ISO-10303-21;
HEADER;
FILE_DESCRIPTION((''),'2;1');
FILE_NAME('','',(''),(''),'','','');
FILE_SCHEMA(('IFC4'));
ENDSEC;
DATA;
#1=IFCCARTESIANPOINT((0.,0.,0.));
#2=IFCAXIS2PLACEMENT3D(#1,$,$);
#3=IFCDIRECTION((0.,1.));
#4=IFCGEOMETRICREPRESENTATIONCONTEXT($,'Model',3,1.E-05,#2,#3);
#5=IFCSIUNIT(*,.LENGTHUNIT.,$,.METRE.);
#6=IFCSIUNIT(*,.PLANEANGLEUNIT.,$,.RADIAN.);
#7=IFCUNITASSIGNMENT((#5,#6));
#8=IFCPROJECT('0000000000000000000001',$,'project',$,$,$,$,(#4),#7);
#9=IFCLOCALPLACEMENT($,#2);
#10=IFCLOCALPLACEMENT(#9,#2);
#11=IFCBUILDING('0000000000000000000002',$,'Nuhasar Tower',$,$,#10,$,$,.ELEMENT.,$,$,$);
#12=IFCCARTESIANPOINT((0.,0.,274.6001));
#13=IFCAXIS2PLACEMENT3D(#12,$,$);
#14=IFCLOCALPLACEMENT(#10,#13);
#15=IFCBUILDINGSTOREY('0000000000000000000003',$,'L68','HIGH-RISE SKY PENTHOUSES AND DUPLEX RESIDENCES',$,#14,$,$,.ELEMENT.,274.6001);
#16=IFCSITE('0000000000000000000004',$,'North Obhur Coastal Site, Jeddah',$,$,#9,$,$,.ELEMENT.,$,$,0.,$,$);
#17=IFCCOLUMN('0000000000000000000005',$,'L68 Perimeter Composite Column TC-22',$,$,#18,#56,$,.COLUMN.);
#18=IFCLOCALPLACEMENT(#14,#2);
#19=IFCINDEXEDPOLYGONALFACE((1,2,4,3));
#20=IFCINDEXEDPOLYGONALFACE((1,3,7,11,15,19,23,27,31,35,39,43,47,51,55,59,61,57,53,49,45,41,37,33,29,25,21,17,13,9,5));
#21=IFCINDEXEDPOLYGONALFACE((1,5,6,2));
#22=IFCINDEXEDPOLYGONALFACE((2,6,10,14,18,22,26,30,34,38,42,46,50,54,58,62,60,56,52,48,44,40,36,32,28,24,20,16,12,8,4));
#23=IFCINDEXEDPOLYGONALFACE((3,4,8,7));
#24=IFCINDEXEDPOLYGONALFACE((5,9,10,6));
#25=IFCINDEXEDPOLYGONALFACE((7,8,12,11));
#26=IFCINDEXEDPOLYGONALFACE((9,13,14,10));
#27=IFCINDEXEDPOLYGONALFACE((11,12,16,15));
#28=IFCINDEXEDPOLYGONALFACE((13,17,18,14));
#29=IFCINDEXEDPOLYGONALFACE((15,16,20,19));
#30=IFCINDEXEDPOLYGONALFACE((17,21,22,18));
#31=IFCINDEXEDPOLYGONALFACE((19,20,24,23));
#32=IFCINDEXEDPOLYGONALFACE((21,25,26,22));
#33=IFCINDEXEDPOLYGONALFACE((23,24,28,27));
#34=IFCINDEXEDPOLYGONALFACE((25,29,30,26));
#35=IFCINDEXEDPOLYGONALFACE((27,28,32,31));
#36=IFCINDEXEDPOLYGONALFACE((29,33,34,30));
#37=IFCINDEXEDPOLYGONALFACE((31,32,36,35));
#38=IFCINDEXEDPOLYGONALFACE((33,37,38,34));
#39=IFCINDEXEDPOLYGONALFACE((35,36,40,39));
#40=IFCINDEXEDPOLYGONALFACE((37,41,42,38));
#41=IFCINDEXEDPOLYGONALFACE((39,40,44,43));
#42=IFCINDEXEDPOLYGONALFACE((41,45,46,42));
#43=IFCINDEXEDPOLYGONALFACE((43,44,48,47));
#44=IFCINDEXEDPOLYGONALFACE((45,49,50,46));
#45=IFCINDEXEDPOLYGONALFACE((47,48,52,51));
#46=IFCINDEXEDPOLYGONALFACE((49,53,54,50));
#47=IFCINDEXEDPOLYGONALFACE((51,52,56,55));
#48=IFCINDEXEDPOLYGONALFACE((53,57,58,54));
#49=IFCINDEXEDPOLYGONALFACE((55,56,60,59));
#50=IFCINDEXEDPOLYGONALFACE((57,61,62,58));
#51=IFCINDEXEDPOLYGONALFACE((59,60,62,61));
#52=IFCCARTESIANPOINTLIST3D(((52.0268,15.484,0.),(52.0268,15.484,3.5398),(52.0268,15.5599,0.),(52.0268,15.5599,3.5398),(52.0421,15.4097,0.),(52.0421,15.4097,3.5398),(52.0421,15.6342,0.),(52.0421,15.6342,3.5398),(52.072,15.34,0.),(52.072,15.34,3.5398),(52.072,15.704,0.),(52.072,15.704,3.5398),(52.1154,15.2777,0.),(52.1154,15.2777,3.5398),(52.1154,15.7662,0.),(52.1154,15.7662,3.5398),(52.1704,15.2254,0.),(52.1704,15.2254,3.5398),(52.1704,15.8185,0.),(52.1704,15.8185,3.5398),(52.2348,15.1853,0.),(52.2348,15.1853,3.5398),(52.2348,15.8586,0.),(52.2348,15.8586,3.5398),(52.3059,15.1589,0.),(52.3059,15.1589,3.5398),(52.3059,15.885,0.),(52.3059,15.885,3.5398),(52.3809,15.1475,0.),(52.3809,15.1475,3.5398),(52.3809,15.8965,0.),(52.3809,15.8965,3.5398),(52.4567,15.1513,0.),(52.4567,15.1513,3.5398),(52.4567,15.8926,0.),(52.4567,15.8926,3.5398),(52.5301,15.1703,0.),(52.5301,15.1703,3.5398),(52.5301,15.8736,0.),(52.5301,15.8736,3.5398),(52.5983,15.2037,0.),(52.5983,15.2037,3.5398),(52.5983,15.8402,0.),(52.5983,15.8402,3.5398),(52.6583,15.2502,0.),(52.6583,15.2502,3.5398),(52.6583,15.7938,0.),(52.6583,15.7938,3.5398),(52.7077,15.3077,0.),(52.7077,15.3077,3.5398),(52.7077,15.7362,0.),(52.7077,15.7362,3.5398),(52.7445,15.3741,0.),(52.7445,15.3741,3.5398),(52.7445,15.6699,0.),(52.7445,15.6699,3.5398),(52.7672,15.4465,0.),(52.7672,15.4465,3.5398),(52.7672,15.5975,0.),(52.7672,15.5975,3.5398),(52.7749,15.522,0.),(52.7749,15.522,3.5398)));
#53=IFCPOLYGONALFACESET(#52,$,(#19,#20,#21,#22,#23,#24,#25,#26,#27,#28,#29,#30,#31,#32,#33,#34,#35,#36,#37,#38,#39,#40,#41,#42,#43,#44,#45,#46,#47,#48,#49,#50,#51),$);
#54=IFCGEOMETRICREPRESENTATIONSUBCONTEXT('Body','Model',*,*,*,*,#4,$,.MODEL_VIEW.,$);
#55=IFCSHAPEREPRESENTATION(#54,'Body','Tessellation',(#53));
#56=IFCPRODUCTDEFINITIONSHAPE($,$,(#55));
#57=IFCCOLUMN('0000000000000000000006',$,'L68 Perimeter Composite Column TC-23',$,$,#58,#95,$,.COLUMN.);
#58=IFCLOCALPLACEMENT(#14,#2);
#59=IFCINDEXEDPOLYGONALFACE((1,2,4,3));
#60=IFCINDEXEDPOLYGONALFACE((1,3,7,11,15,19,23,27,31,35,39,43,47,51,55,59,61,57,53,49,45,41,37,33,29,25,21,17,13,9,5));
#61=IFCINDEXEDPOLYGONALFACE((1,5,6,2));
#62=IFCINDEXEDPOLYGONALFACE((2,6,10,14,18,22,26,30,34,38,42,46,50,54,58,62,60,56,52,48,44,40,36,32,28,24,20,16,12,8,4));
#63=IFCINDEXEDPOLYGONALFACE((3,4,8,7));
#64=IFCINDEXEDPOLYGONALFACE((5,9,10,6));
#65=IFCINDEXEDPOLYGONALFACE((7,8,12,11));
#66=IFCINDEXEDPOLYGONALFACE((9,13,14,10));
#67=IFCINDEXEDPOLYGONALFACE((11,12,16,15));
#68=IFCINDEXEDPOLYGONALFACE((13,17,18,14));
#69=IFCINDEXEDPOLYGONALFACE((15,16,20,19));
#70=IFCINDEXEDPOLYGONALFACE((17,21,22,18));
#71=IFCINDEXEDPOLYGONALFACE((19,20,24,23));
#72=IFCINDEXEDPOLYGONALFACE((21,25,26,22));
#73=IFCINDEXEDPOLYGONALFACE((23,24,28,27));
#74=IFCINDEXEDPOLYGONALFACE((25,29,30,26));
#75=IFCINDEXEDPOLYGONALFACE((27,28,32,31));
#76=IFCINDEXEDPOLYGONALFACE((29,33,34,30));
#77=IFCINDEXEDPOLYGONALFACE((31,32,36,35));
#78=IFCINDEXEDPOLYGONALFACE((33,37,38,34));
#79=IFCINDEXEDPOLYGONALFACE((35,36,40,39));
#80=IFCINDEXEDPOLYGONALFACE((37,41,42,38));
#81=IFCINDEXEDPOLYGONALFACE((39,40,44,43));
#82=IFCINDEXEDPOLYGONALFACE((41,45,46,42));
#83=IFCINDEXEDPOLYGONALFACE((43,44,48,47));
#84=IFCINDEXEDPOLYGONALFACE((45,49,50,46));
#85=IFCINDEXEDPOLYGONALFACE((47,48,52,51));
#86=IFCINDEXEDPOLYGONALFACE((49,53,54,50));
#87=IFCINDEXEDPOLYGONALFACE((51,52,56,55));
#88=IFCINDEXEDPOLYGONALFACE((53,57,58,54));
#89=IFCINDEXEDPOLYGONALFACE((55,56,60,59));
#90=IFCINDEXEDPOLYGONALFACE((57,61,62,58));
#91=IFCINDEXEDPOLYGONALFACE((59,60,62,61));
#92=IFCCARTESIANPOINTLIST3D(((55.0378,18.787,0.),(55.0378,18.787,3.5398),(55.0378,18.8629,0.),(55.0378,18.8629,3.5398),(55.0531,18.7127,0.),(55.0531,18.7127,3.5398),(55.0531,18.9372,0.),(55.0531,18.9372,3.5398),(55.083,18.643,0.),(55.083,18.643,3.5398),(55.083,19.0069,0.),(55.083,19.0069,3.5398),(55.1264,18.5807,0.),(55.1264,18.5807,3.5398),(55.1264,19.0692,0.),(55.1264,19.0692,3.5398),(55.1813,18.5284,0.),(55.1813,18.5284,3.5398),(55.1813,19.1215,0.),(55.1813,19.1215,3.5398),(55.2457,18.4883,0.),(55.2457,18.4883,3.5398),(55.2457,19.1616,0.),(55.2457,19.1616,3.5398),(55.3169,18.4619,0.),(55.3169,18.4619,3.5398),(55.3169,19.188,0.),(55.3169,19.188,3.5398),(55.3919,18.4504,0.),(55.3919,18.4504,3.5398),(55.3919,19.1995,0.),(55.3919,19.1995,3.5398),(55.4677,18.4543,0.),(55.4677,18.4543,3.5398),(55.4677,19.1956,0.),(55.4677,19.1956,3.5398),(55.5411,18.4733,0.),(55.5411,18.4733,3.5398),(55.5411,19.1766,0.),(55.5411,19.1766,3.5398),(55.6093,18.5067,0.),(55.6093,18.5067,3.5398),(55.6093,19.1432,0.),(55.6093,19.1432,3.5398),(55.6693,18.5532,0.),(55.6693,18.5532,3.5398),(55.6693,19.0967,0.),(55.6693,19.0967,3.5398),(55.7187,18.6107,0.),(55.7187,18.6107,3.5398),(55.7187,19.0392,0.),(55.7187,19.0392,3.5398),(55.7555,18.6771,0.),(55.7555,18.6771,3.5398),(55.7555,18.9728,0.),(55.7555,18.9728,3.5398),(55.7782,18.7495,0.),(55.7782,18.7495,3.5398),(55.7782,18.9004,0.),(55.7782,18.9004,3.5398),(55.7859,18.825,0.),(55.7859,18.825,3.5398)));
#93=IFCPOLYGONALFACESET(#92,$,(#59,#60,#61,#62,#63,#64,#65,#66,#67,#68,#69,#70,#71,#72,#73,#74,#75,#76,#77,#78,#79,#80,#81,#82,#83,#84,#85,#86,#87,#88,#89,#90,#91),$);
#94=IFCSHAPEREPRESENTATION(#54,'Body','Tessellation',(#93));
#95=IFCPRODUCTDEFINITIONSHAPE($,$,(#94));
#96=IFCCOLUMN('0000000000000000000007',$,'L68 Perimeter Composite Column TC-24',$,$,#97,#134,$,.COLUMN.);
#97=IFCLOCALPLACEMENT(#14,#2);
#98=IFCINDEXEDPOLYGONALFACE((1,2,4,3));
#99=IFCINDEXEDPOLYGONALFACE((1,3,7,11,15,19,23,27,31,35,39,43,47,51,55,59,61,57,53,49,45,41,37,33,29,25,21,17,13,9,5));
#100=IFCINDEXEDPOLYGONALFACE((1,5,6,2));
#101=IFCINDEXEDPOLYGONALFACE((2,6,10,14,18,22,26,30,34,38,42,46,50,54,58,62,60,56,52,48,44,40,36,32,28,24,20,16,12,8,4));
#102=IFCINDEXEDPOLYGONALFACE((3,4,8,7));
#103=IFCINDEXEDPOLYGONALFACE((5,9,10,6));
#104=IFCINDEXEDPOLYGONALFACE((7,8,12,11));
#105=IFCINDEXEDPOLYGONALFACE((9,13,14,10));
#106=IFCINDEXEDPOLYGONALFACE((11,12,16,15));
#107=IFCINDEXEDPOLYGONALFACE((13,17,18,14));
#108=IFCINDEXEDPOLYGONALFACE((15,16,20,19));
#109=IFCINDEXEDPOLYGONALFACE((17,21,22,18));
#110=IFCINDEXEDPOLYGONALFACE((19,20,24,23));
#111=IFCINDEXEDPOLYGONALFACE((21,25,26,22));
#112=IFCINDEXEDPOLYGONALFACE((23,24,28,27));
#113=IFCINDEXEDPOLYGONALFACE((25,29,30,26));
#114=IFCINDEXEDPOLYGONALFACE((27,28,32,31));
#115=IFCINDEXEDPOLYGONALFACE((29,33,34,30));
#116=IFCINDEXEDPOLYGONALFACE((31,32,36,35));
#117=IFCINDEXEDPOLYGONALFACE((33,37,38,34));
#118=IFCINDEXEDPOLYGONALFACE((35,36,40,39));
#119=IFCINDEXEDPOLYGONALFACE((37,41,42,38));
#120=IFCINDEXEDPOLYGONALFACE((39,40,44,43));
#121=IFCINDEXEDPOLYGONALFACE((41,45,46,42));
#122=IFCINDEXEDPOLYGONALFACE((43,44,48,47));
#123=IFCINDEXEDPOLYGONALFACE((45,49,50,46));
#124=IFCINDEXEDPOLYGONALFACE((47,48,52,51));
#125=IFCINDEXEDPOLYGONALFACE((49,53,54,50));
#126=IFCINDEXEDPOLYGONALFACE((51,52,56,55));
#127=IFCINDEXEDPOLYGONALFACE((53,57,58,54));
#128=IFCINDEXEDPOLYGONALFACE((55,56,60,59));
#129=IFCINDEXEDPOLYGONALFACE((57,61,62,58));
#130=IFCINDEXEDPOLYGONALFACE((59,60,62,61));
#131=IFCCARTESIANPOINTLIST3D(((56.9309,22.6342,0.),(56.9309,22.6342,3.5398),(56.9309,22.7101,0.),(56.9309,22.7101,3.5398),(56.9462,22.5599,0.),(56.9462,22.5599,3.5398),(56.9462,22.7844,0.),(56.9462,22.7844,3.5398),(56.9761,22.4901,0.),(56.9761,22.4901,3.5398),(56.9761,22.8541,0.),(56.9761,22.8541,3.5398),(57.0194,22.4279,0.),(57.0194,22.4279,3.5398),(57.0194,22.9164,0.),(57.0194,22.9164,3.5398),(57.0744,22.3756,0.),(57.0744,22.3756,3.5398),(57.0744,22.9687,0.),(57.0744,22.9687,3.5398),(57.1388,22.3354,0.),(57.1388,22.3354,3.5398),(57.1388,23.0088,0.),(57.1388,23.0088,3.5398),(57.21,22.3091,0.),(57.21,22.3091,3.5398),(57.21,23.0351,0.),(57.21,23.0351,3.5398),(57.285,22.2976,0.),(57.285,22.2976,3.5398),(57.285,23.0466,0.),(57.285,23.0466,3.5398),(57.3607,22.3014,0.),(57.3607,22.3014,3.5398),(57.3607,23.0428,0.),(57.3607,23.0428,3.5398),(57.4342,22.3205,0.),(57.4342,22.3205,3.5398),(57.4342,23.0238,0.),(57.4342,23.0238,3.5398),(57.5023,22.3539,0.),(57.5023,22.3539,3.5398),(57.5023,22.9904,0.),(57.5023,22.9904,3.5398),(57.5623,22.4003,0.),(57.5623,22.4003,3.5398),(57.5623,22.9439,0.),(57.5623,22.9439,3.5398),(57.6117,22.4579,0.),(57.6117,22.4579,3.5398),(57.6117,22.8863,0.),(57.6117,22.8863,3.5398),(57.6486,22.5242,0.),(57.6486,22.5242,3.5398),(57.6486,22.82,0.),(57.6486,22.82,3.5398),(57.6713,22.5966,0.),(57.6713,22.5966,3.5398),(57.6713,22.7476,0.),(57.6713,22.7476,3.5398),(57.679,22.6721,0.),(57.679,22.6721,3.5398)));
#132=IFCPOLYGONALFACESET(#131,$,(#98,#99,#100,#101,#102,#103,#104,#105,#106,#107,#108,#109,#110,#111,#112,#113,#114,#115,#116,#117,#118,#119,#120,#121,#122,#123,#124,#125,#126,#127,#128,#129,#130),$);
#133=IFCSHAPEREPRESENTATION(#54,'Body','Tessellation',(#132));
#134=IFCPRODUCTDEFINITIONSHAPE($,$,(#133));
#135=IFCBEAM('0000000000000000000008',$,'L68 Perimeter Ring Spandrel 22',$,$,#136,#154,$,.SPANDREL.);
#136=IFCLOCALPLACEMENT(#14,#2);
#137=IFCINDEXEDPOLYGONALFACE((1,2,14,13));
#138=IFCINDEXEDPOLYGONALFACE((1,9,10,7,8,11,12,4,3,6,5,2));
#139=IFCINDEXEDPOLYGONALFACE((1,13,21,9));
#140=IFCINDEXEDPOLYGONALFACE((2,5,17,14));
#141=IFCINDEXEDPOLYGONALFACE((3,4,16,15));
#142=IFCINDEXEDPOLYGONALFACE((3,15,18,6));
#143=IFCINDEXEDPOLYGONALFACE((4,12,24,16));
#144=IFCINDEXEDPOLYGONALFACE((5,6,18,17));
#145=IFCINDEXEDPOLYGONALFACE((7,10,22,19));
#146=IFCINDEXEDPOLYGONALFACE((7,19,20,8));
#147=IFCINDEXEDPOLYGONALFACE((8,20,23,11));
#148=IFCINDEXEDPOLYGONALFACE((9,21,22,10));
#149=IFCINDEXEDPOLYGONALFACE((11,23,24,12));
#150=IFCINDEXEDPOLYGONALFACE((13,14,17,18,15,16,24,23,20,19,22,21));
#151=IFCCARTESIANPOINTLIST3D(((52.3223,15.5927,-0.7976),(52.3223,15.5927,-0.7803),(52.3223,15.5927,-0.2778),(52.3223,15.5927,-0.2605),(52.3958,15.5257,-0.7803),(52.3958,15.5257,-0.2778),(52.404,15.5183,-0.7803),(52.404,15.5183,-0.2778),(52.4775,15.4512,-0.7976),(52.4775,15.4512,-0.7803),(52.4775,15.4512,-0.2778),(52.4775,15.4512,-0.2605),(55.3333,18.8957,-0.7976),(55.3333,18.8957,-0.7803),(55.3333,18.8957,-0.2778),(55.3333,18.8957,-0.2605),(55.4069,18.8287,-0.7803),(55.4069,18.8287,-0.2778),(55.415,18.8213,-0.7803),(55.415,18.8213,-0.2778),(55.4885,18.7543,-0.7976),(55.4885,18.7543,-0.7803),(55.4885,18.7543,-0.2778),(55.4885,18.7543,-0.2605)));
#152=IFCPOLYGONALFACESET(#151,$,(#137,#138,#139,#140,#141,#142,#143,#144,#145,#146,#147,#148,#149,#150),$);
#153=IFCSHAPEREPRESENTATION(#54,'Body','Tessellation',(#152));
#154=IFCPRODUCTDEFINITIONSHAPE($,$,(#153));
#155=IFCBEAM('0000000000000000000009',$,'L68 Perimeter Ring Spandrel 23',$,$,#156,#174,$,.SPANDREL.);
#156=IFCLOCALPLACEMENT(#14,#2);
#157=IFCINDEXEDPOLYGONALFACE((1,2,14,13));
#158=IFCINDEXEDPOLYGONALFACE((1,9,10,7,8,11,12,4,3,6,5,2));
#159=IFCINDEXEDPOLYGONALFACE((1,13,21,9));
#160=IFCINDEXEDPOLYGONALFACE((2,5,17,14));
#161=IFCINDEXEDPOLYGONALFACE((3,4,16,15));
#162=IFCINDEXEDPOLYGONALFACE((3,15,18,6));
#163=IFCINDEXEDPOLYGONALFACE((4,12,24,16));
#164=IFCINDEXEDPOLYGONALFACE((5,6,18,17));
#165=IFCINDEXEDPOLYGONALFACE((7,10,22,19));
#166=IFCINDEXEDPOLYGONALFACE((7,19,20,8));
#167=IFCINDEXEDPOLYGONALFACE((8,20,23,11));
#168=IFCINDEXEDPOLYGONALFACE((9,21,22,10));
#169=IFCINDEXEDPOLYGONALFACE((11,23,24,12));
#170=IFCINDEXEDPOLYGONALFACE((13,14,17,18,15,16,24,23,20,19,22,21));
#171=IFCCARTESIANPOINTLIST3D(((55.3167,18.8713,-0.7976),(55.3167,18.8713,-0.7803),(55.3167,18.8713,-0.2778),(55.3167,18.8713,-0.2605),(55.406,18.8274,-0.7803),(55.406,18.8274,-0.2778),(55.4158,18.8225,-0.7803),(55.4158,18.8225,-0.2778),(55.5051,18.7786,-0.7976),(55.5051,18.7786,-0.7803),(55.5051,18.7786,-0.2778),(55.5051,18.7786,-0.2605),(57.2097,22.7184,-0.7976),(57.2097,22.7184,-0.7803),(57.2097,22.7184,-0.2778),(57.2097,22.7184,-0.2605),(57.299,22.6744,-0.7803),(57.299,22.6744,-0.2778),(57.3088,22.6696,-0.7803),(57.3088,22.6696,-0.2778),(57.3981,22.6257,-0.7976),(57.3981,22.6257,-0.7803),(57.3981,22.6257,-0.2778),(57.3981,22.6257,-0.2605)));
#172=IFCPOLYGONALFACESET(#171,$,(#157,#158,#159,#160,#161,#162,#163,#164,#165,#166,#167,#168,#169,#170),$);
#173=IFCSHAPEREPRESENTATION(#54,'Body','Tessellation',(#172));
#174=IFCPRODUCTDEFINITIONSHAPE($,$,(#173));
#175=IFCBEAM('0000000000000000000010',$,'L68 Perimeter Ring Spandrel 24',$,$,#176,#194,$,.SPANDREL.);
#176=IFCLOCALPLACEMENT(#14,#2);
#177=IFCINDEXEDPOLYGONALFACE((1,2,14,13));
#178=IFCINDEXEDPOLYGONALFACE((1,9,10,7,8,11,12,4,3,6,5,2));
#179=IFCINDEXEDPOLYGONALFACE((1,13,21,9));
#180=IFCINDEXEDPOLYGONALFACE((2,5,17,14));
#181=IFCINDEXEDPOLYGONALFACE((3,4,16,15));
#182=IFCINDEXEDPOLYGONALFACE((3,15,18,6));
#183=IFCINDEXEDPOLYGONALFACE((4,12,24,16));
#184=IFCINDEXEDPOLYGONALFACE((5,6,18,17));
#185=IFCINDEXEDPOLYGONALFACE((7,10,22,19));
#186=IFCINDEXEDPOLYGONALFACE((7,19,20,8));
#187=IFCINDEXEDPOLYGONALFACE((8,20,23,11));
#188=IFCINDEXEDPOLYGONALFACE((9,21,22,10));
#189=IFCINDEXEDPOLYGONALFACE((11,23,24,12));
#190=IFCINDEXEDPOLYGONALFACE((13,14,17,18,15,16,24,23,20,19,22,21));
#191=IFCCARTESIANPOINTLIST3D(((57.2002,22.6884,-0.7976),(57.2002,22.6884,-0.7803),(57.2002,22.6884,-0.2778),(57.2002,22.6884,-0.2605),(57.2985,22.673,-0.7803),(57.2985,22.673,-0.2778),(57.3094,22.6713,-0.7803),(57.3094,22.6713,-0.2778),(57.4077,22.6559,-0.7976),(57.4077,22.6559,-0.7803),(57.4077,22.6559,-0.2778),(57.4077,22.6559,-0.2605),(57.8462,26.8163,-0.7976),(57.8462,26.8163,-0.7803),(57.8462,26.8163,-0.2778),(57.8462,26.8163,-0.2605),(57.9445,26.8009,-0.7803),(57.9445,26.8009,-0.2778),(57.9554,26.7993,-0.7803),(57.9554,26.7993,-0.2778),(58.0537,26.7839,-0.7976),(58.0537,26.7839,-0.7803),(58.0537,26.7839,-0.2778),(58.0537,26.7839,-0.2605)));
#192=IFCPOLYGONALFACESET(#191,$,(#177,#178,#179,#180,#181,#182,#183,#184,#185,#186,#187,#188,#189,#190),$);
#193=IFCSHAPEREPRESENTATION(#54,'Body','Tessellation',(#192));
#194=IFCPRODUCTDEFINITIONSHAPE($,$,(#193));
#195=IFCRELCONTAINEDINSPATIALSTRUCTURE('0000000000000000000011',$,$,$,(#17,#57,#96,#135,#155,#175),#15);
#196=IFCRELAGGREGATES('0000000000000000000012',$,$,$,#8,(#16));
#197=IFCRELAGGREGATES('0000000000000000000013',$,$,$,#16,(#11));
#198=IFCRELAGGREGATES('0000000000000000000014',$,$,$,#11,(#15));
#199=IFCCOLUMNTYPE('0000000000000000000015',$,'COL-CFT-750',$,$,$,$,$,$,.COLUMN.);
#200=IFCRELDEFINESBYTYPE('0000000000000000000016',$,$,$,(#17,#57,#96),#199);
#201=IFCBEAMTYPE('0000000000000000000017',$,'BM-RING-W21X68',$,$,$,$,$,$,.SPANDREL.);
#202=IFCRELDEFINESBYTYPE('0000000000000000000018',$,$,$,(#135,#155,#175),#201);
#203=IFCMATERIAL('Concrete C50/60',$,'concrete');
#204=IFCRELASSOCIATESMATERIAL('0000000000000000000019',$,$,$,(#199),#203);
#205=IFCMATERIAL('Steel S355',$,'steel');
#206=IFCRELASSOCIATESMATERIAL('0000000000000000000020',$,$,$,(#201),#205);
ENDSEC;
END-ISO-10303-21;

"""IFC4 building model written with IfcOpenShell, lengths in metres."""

from ifc_helpers import new_model, si_unit, direction, frame, origin, origin_2d, place, context, subcontext, project, spatial, circle, i_section, extrude, material, material_profile, profile_set, type_object, element, save


model = new_model("IFC4")

# Units and contexts
model_context = context("Model", 3, precision=1e-05, world=origin(), true_north=direction((0.0, 1.0)))
body_context = subcontext(model_context, "Body", "Model", "MODEL_VIEW")
ifc_project = project(units=[si_unit("LENGTHUNIT", "METRE"), si_unit("PLANEANGLEUNIT", "RADIAN")], contexts=[model_context])

# Site, building, storey
site_placement = place(None, origin())
site = spatial("IfcSite", under=ifc_project, at=site_placement, Name="North Obhur Coastal Site, Jeddah", CompositionType="ELEMENT", RefElevation=0.0)
building_placement = place(site_placement, origin())
building = spatial("IfcBuilding", under=site, at=building_placement, Name="Nuhasar Tower", CompositionType="ELEMENT")
storey_placement = place(building_placement, frame((0.0, 0.0, 274.6001)))
storey = spatial("IfcBuildingStorey", under=building, at=storey_placement, Name="L68", Description="HIGH-RISE SKY PENTHOUSES AND DUPLEX RESIDENCES", CompositionType="ELEMENT", Elevation=274.6001)

# Columns
ifc_material_1 = material(Name="Concrete C50/60", Category="concrete")
ifc_material_profile_1 = material_profile(ifc_material_1, circle(Radius=0.375, at=origin_2d()), Name="CFT750")
ifc_profile_set_1 = profile_set([ifc_material_profile_1], Name="Concrete C50/60")
column_type = type_object("IfcColumnType", Name="COL-CFT-750", PredefinedType="COLUMN", material=ifc_profile_set_1)
for number, where, z_axis, x_axis, name in (
    (1, (52.3999, 15.522, 0.0), (0.0, 0.0, 1.0), (1.0, 0.0, 0.0), "L68 Perimeter Composite Column TC-22"),
    (2, (55.4109, 18.825, 0.0), (0.0, 0.0, 1.0), (1.0, 0.0, 0.0), "L68 Perimeter Composite Column TC-23"),
    (3, (57.304, 22.6721, 0.0), (0.0, 0.0, 1.0), (1.0, 0.0, 0.0), "L68 Perimeter Composite Column TC-24"),
):
    element("IfcColumn", number, at=place(storey_placement, frame(where, z_axis=z_axis, x_axis=x_axis)), inside=storey, type_object=column_type, Name=name, PredefinedType="COLUMN", context=body_context, shape_type="SweptSolid", body=[
        extrude(circle(Radius=0.375, at=origin_2d()), origin(), (0.0, 0.0, 1.0), 3.5398),
    ])

# Beams
ifc_material_2 = material(Name="Steel S355", Category="steel")
ifc_material_profile_2 = material_profile(ifc_material_2, i_section(OverallWidth=0.21, OverallDepth=0.5371, WebThickness=0.011, FlangeThickness=0.0173, at=origin_2d()), Name="W21X68")
ifc_profile_set_2 = profile_set([ifc_material_profile_2], Name="Steel S355")
beam_type_1 = type_object("IfcBeamType", Name="BM-RING-W21X68", PredefinedType="SPANDREL", material=ifc_profile_set_2)
beam_1_placement = place(storey_placement, frame((52.3999, 15.522, -0.5291), z_axis=(0.673686, 0.739017, 0.0), x_axis=(-0.739017, 0.673686, 0.0)))
element("IfcBeam", 4, at=beam_1_placement, inside=storey, type_object=beam_type_1, Name="L68 Perimeter Ring Spandrel 22", PredefinedType="SPANDREL", context=body_context, shape_type="SweptSolid", body=[
    extrude(i_section(OverallWidth=0.21, OverallDepth=0.5371, WebThickness=0.011, FlangeThickness=0.0173, at=origin_2d()), origin(), (0.0, 0.0, 1.0), 4.4695),
])
beam_2_placement = place(storey_placement, frame((55.4109, 18.825, -0.5291), z_axis=(0.441511, 0.897256, 0.0), x_axis=(-0.897256, 0.441511, 0.0)))
element("IfcBeam", 5, at=beam_2_placement, inside=storey, type_object=beam_type_1, Name="L68 Perimeter Ring Spandrel 23", PredefinedType="SPANDREL", context=body_context, shape_type="SweptSolid", body=[
    extrude(i_section(OverallWidth=0.21, OverallDepth=0.5371, WebThickness=0.011, FlangeThickness=0.0173, at=origin_2d()), origin(), (0.0, 0.0, 1.0), 4.2876),
])
beam_3_placement = place(storey_placement, frame((57.304, 22.6721, -0.5291), z_axis=(0.154612, 0.987975, 0.0), x_axis=(-0.987975, 0.154612, 0.0)))
element("IfcBeam", 6, at=beam_3_placement, inside=storey, type_object=beam_type_1, Name="L68 Perimeter Ring Spandrel 24", PredefinedType="SPANDREL", context=body_context, shape_type="SweptSolid", body=[
    extrude(i_section(OverallWidth=0.21, OverallDepth=0.5371, WebThickness=0.011, FlangeThickness=0.0173, at=origin_2d()), origin(), (0.0, 0.0, 1.0), 4.1782),
])

save(model, "model.ifc")
